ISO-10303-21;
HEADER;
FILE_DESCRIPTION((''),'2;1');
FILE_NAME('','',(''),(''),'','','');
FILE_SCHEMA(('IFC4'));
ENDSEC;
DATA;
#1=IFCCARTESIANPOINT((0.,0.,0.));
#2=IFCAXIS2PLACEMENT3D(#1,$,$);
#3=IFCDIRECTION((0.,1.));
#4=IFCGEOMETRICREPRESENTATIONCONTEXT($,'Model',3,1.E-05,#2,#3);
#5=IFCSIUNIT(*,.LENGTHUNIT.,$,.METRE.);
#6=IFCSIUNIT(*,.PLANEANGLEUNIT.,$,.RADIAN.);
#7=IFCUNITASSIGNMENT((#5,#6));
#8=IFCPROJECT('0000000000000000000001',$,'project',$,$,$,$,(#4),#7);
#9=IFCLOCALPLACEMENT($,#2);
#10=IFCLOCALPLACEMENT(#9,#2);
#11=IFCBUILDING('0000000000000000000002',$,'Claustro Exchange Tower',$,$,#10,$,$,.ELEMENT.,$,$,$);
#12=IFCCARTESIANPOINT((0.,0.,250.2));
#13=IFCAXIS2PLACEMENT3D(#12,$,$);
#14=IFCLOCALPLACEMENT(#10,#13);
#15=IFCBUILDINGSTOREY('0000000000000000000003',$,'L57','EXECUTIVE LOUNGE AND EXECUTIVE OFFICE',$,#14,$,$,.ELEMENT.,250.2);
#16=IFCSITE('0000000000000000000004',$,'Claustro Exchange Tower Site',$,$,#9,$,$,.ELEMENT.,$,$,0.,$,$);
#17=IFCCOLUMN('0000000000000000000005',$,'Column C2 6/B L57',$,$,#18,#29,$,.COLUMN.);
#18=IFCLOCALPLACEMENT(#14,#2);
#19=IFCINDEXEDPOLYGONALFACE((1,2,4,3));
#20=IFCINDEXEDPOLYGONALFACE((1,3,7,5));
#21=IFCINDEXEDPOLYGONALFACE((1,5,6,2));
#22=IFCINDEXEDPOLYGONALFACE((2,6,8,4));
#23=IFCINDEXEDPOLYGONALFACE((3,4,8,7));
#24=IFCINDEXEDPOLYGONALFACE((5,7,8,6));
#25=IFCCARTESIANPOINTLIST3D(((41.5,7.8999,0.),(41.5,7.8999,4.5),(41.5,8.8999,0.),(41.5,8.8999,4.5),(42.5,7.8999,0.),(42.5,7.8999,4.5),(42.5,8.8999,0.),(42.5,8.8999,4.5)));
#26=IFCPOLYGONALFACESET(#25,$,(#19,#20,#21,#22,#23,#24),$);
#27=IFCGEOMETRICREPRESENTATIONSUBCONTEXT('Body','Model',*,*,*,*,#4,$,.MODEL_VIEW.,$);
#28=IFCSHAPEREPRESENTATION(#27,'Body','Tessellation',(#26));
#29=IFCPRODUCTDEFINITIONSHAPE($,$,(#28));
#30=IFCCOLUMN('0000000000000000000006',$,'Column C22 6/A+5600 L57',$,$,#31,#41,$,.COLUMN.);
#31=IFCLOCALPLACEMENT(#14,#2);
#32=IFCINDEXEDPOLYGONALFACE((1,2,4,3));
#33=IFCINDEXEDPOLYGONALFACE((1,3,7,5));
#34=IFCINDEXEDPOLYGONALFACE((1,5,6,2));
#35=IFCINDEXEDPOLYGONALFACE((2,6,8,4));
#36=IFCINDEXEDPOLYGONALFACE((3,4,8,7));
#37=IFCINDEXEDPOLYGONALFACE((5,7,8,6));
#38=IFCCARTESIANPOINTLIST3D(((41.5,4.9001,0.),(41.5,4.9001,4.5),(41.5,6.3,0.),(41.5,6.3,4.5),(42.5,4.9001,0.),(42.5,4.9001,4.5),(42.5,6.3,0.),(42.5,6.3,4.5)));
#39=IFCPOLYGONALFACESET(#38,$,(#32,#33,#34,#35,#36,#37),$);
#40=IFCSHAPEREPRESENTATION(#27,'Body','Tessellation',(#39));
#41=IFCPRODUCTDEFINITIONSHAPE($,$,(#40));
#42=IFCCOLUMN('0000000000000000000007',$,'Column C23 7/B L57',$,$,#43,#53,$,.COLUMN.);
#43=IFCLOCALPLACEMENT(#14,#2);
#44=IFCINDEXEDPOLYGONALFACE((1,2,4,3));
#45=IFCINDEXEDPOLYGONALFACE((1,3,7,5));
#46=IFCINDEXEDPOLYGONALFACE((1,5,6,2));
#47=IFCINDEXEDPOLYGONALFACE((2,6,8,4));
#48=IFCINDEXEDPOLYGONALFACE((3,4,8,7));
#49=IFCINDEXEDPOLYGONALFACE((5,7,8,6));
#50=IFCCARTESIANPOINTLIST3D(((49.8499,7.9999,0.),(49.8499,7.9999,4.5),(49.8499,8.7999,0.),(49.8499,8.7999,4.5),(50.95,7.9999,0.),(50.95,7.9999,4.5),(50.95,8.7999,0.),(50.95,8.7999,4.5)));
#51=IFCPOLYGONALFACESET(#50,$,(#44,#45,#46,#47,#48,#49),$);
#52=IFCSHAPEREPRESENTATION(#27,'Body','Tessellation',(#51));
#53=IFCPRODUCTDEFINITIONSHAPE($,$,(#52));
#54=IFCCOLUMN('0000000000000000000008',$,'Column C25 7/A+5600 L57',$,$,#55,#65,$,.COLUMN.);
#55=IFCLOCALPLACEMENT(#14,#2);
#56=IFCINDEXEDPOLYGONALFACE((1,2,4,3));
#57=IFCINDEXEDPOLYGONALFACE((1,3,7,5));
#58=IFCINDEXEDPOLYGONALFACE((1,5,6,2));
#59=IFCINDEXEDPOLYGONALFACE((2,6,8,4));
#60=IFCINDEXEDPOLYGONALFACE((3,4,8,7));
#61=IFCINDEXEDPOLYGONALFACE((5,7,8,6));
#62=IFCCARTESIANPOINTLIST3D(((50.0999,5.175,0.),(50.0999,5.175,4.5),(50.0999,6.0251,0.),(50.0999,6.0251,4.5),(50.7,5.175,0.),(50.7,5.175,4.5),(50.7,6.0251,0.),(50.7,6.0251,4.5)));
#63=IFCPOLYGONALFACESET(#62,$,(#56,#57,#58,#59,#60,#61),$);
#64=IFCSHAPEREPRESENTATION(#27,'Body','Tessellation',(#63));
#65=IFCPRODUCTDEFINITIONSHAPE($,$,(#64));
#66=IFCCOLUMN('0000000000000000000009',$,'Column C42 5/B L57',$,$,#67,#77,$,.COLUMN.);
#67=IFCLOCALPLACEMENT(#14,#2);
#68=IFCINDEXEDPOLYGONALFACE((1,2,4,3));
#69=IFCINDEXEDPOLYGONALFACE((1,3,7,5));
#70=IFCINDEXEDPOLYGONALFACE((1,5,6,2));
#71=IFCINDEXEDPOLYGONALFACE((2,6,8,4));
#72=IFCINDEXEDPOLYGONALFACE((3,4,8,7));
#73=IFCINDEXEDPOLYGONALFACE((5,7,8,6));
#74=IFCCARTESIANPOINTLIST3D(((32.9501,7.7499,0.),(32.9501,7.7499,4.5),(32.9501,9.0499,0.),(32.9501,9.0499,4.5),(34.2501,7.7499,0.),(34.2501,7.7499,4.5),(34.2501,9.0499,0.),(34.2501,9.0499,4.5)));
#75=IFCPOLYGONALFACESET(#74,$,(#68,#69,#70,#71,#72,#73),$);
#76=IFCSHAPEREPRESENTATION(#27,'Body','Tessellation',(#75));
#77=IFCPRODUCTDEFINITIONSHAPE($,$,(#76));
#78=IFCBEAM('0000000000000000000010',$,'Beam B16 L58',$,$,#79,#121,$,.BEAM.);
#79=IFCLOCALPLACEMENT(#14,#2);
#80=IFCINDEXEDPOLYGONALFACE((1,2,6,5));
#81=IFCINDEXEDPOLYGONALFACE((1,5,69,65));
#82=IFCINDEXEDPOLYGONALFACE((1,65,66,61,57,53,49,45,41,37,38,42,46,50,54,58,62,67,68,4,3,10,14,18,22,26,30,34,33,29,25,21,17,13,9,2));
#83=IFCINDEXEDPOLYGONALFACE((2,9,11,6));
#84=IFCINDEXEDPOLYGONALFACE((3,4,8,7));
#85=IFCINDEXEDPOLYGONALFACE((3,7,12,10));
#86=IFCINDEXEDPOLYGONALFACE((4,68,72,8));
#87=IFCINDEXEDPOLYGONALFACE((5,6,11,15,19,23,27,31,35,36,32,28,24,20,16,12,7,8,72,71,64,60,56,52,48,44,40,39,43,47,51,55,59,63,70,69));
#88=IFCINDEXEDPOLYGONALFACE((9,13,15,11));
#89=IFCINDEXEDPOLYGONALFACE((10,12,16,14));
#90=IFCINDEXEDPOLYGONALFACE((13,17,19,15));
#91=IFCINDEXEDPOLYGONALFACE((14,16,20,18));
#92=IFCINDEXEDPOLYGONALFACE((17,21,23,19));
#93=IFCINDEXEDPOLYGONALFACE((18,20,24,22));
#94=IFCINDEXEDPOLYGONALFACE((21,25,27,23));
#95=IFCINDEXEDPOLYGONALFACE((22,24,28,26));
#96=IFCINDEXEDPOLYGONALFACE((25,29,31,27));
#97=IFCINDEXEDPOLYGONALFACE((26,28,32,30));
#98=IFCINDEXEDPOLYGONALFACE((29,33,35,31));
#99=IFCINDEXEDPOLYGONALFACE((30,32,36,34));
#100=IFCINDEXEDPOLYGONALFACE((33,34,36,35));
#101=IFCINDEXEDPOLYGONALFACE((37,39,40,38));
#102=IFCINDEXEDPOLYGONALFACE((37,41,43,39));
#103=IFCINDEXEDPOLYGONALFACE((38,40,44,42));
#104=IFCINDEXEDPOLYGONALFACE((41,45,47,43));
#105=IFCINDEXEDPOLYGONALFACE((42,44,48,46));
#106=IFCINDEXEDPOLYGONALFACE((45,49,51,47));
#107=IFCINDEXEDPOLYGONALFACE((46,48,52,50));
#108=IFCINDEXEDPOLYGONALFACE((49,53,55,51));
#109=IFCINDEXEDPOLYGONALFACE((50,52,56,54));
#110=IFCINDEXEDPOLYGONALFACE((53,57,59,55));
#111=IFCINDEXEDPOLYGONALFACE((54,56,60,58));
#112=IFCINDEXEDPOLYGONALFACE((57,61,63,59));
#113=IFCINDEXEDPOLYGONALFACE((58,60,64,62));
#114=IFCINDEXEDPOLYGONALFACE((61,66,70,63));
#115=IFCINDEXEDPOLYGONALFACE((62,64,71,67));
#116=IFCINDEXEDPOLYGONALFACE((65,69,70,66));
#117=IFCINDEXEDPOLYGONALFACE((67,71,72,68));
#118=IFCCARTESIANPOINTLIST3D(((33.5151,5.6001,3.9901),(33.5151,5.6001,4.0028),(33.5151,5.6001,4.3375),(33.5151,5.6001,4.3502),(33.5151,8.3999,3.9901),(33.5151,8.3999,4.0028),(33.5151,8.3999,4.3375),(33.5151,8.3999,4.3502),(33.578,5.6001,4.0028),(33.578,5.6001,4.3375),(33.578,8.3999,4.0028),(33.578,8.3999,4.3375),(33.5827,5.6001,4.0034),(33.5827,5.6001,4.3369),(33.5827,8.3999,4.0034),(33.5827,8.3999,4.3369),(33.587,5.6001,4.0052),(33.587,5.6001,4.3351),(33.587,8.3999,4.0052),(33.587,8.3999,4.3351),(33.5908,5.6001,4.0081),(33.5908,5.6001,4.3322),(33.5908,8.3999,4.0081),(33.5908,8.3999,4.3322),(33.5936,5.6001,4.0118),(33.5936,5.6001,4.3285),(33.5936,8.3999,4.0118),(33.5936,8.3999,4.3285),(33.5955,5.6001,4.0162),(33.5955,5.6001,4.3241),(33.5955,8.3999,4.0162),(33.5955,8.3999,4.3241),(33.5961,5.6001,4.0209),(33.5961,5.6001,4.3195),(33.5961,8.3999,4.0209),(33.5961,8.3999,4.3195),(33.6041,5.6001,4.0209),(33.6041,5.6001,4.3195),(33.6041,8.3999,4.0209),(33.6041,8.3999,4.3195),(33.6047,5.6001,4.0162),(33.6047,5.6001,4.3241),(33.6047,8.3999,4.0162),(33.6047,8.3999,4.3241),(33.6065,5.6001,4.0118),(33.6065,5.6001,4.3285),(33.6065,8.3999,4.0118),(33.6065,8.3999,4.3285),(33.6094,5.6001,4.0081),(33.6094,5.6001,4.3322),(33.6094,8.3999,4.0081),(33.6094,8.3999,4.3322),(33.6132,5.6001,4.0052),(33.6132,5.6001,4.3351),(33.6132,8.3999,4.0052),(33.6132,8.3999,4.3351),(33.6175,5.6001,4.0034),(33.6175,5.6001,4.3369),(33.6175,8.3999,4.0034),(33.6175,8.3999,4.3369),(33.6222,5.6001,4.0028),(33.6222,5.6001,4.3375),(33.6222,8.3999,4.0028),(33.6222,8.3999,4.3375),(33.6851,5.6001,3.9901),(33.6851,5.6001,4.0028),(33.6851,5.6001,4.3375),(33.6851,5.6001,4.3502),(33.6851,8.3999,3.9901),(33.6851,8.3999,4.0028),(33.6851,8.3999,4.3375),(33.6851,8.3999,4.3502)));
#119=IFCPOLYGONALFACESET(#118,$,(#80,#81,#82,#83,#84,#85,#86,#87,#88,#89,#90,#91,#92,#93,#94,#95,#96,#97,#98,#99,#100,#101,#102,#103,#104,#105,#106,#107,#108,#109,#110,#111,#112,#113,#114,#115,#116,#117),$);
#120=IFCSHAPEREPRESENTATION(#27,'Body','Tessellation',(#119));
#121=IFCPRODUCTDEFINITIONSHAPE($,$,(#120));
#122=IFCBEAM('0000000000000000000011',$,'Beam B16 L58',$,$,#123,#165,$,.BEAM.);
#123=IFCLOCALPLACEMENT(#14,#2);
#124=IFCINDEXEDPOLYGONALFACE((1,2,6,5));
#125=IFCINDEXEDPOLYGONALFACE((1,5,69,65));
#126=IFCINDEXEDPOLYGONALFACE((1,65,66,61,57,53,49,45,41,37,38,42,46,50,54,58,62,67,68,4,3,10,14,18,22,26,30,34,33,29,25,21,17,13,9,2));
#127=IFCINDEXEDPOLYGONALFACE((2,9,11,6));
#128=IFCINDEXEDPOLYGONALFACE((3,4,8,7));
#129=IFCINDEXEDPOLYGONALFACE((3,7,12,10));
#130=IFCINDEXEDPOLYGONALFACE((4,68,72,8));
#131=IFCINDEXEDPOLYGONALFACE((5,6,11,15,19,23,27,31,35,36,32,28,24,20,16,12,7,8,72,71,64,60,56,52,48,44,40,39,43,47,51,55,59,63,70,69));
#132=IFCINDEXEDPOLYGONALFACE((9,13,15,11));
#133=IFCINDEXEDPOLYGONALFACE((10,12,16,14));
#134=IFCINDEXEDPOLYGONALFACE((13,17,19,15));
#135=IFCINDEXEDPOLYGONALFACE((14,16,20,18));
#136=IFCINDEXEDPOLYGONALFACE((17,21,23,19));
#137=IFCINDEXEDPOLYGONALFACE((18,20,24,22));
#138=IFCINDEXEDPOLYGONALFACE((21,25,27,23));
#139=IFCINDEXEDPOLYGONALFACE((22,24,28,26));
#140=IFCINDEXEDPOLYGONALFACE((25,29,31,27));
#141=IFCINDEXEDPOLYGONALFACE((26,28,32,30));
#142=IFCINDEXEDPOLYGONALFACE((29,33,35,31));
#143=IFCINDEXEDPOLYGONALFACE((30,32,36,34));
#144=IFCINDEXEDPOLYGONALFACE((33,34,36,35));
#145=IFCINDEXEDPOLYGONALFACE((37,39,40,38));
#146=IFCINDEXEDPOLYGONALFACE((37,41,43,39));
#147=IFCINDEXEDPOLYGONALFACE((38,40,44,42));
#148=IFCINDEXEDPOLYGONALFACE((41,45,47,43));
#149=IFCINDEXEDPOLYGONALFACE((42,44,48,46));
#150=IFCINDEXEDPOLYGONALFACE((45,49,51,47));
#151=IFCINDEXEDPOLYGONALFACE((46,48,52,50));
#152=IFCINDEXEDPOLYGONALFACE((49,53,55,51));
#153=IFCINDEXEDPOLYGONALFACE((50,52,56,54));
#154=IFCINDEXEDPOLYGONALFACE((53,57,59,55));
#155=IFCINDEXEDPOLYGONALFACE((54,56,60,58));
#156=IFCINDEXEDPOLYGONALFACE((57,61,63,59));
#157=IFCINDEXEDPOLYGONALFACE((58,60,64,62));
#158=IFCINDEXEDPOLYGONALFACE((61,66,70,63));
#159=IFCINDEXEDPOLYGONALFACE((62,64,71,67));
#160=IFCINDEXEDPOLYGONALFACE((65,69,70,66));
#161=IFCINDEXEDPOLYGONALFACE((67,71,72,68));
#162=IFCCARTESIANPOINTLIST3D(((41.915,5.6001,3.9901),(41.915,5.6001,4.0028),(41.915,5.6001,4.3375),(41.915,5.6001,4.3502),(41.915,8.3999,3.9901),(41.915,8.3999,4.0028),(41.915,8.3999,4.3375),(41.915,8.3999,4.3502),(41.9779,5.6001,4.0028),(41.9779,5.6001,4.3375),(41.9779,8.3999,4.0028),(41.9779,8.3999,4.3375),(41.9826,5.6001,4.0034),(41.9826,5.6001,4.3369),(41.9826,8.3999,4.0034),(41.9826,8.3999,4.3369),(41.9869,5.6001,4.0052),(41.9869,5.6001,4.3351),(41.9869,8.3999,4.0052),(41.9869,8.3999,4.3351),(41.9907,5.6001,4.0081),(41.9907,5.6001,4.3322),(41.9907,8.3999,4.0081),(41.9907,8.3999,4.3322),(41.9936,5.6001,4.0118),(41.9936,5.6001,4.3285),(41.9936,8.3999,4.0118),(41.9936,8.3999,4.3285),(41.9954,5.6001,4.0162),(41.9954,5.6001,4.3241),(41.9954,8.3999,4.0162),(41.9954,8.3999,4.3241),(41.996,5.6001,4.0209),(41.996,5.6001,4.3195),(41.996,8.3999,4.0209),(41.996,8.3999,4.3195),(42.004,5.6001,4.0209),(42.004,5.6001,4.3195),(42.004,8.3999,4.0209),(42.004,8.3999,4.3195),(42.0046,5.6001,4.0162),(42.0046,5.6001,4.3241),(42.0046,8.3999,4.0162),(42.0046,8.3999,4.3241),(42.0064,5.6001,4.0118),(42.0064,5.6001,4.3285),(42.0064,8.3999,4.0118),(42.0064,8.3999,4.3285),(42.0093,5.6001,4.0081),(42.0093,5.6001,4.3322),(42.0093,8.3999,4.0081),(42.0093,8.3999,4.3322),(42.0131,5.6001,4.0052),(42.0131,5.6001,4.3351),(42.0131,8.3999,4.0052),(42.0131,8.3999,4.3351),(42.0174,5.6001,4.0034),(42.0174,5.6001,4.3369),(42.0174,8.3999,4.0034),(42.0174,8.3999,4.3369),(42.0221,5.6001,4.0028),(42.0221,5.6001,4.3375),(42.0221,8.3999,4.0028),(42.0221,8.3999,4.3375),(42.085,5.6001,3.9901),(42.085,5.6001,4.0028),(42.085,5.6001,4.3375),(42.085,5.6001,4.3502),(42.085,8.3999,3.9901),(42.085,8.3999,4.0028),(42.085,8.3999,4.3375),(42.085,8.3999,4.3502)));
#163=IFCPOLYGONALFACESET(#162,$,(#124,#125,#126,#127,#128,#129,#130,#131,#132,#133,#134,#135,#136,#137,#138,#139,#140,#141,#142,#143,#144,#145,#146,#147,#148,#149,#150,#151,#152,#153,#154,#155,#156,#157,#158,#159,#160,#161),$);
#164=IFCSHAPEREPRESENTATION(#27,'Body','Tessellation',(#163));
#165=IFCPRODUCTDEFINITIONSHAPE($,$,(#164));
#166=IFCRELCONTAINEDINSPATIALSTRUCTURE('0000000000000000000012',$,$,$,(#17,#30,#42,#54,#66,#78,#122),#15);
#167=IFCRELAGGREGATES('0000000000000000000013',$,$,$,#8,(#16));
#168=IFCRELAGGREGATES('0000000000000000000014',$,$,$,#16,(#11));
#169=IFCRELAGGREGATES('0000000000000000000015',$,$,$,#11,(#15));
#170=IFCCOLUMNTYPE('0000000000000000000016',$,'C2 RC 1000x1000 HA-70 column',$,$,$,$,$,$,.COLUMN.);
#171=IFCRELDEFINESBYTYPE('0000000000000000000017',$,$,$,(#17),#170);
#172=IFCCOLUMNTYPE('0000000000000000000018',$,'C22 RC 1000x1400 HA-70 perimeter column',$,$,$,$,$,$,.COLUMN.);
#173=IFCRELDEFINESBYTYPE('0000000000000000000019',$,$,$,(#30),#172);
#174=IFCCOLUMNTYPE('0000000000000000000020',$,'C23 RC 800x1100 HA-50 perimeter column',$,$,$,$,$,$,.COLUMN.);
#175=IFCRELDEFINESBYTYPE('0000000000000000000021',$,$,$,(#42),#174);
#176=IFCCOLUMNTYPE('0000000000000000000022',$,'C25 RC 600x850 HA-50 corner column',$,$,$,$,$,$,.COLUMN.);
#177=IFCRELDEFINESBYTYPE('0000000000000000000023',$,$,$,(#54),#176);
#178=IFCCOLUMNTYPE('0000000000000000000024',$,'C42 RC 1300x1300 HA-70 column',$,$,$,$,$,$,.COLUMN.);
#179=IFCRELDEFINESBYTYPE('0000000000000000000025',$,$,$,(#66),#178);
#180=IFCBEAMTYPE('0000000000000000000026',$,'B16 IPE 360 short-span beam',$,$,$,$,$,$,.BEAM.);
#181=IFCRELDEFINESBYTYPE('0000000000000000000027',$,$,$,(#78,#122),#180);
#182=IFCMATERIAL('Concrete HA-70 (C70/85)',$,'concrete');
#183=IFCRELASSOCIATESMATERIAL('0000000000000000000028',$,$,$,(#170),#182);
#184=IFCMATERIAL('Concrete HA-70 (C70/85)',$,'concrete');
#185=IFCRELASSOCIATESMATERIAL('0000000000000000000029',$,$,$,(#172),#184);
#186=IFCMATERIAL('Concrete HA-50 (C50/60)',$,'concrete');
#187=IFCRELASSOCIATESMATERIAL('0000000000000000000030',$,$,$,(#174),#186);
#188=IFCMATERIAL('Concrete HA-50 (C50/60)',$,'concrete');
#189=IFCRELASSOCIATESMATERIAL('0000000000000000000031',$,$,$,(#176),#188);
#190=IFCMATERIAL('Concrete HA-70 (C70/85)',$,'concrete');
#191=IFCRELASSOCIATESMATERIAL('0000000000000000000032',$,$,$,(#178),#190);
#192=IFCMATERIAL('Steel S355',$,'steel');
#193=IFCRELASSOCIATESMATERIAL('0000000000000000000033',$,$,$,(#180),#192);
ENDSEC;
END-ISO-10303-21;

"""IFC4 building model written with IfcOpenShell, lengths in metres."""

from ifc_helpers import new_model, si_unit, direction, frame, origin, origin_2d, place, context, subcontext, project, spatial, rectangle, i_section, extrude, material, material_profile, profile_set, type_object, element, save


model = new_model("IFC4")

# Units and contexts
model_context = context("Model", 3, precision=1e-05, world=origin(), true_north=direction((0.0, 1.0)))
body_context = subcontext(model_context, "Body", "Model", "MODEL_VIEW")
ifc_project = project(units=[si_unit("LENGTHUNIT", "METRE"), si_unit("PLANEANGLEUNIT", "RADIAN")], contexts=[model_context])

# Site, building, storey
site_placement = place(None, origin())
site = spatial("IfcSite", under=ifc_project, at=site_placement, Name="Claustro Exchange Tower Site", CompositionType="ELEMENT", RefElevation=0.0)
building_placement = place(site_placement, origin())
building = spatial("IfcBuilding", under=site, at=building_placement, Name="Claustro Exchange Tower", CompositionType="ELEMENT")
storey_placement = place(building_placement, frame((0.0, 0.0, 250.2)))
storey = spatial("IfcBuildingStorey", under=building, at=storey_placement, Name="L57", Description="EXECUTIVE LOUNGE AND EXECUTIVE OFFICE", CompositionType="ELEMENT", Elevation=250.2)

# Columns
ifc_material_1 = material(Name="Concrete HA-70 (C70/85)", Category="concrete")
ifc_material_profile_1 = material_profile(ifc_material_1, rectangle(XDim=1.0, YDim=1.0, at=origin_2d()), Name="RC 1000x1000")
ifc_profile_set_1 = profile_set([ifc_material_profile_1], Name="Concrete HA-70 (C70/85)")
column_type_1 = type_object("IfcColumnType", Name="C2 RC 1000x1000 HA-70 column", PredefinedType="COLUMN", material=ifc_profile_set_1)
column_1_placement = place(storey_placement, frame((42.0, 8.3999, 0.0), z_axis=(0.0, 0.0, 1.0), x_axis=(1.0, 0.0, 0.0)))
element("IfcColumn", 1, at=column_1_placement, inside=storey, type_object=column_type_1, Name="Column C2 6/B L57", PredefinedType="COLUMN", context=body_context, shape_type="SweptSolid", body=[
    extrude(rectangle(XDim=1.0, YDim=1.0, at=origin_2d()), origin(), (0.0, 0.0, 1.0), 4.5),
])
ifc_material_2 = material(Name="Concrete HA-70 (C70/85)", Category="concrete")
ifc_material_profile_2 = material_profile(ifc_material_2, rectangle(XDim=1.0, YDim=1.3999, at=origin_2d()), Name="RC 1000x1400")
ifc_profile_set_2 = profile_set([ifc_material_profile_2], Name="Concrete HA-70 (C70/85)")
column_type_2 = type_object("IfcColumnType", Name="C22 RC 1000x1400 HA-70 perimeter column", PredefinedType="COLUMN", material=ifc_profile_set_2)
column_2_placement = place(storey_placement, frame((42.0, 5.6001, 0.0), z_axis=(0.0, 0.0, 1.0), x_axis=(1.0, 0.0, 0.0)))
element("IfcColumn", 2, at=column_2_placement, inside=storey, type_object=column_type_2, Name="Column C22 6/A+5600 L57", PredefinedType="COLUMN", context=body_context, shape_type="SweptSolid", body=[
    extrude(rectangle(XDim=1.0, YDim=1.3999, at=origin_2d()), origin(), (0.0, 0.0, 1.0), 4.5),
])
ifc_material_3 = material(Name="Concrete HA-50 (C50/60)", Category="concrete")
ifc_material_profile_3 = material_profile(ifc_material_3, rectangle(XDim=0.8, YDim=1.1001, at=origin_2d()), Name="RC 800x1100")
ifc_profile_set_3 = profile_set([ifc_material_profile_3], Name="Concrete HA-50 (C50/60)")
column_type_3 = type_object("IfcColumnType", Name="C23 RC 800x1100 HA-50 perimeter column", PredefinedType="COLUMN", material=ifc_profile_set_3)
column_3_placement = place(storey_placement, frame((50.3999, 8.3999, 0.0), z_axis=(0.0, 0.0, 1.0), x_axis=(0.0, 1.0, 0.0)))
element("IfcColumn", 3, at=column_3_placement, inside=storey, type_object=column_type_3, Name="Column C23 7/B L57", PredefinedType="COLUMN", context=body_context, shape_type="SweptSolid", body=[
    extrude(rectangle(XDim=0.8, YDim=1.1001, at=origin_2d()), origin(), (0.0, 0.0, 1.0), 4.5),
])
ifc_material_4 = material(Name="Concrete HA-50 (C50/60)", Category="concrete")
ifc_material_profile_4 = material_profile(ifc_material_4, rectangle(XDim=0.6001, YDim=0.8501, at=origin_2d()), Name="RC 600x850")
ifc_profile_set_4 = profile_set([ifc_material_profile_4], Name="Concrete HA-50 (C50/60)")
column_type_4 = type_object("IfcColumnType", Name="C25 RC 600x850 HA-50 corner column", PredefinedType="COLUMN", material=ifc_profile_set_4)
column_4_placement = place(storey_placement, frame((50.3999, 5.6001, 0.0), z_axis=(0.0, 0.0, 1.0), x_axis=(1.0, 0.0, 0.0)))
element("IfcColumn", 4, at=column_4_placement, inside=storey, type_object=column_type_4, Name="Column C25 7/A+5600 L57", PredefinedType="COLUMN", context=body_context, shape_type="SweptSolid", body=[
    extrude(rectangle(XDim=0.6001, YDim=0.8501, at=origin_2d()), origin(), (0.0, 0.0, 1.0), 4.5),
])
ifc_material_5 = material(Name="Concrete HA-70 (C70/85)", Category="concrete")
ifc_material_profile_5 = material_profile(ifc_material_5, rectangle(XDim=1.3, YDim=1.3, at=origin_2d()), Name="RC 1300x1300")
ifc_profile_set_5 = profile_set([ifc_material_profile_5], Name="Concrete HA-70 (C70/85)")
column_type_5 = type_object("IfcColumnType", Name="C42 RC 1300x1300 HA-70 column", PredefinedType="COLUMN", material=ifc_profile_set_5)
column_5_placement = place(storey_placement, frame((33.6001, 8.3999, 0.0), z_axis=(0.0, 0.0, 1.0), x_axis=(1.0, 0.0, 0.0)))
element("IfcColumn", 5, at=column_5_placement, inside=storey, type_object=column_type_5, Name="Column C42 5/B L57", PredefinedType="COLUMN", context=body_context, shape_type="SweptSolid", body=[
    extrude(rectangle(XDim=1.3, YDim=1.3, at=origin_2d()), origin(), (0.0, 0.0, 1.0), 4.5),
])

# Beams
ifc_material_6 = material(Name="Steel S355", Category="steel")
ifc_material_profile_6 = material_profile(ifc_material_6, i_section(OverallWidth=0.1699, OverallDepth=0.3601, WebThickness=0.0081, FlangeThickness=0.0127, FilletRadius=0.0181, at=origin_2d()), Name="IPE 360")
ifc_profile_set_6 = profile_set([ifc_material_profile_6], Name="Steel S355")
beam_type_1 = type_object("IfcBeamType", Name="B16 IPE 360 short-span beam", PredefinedType="BEAM", material=ifc_profile_set_6)
for number, where, z_axis, x_axis, name in (
    (6, (33.6001, 5.6001, 4.1702), (0.0, 1.0, 0.0), (-1.0, 0.0, 0.0), "Beam B16 L58"),
    (7, (42.0, 5.6001, 4.1702), (0.0, 1.0, 0.0), (-1.0, 0.0, 0.0), "Beam B16 L58"),
):
    element("IfcBeam", number, at=place(storey_placement, frame(where, z_axis=z_axis, x_axis=x_axis)), inside=storey, type_object=beam_type_1, Name=name, PredefinedType="BEAM", context=body_context, shape_type="SweptSolid", body=[
        extrude(i_section(OverallWidth=0.1699, OverallDepth=0.3601, WebThickness=0.0081, FlangeThickness=0.0127, FilletRadius=0.0181, at=origin_2d()), origin(), (0.0, 0.0, 1.0), 2.7998),
    ])

save(model, "model.ifc")
